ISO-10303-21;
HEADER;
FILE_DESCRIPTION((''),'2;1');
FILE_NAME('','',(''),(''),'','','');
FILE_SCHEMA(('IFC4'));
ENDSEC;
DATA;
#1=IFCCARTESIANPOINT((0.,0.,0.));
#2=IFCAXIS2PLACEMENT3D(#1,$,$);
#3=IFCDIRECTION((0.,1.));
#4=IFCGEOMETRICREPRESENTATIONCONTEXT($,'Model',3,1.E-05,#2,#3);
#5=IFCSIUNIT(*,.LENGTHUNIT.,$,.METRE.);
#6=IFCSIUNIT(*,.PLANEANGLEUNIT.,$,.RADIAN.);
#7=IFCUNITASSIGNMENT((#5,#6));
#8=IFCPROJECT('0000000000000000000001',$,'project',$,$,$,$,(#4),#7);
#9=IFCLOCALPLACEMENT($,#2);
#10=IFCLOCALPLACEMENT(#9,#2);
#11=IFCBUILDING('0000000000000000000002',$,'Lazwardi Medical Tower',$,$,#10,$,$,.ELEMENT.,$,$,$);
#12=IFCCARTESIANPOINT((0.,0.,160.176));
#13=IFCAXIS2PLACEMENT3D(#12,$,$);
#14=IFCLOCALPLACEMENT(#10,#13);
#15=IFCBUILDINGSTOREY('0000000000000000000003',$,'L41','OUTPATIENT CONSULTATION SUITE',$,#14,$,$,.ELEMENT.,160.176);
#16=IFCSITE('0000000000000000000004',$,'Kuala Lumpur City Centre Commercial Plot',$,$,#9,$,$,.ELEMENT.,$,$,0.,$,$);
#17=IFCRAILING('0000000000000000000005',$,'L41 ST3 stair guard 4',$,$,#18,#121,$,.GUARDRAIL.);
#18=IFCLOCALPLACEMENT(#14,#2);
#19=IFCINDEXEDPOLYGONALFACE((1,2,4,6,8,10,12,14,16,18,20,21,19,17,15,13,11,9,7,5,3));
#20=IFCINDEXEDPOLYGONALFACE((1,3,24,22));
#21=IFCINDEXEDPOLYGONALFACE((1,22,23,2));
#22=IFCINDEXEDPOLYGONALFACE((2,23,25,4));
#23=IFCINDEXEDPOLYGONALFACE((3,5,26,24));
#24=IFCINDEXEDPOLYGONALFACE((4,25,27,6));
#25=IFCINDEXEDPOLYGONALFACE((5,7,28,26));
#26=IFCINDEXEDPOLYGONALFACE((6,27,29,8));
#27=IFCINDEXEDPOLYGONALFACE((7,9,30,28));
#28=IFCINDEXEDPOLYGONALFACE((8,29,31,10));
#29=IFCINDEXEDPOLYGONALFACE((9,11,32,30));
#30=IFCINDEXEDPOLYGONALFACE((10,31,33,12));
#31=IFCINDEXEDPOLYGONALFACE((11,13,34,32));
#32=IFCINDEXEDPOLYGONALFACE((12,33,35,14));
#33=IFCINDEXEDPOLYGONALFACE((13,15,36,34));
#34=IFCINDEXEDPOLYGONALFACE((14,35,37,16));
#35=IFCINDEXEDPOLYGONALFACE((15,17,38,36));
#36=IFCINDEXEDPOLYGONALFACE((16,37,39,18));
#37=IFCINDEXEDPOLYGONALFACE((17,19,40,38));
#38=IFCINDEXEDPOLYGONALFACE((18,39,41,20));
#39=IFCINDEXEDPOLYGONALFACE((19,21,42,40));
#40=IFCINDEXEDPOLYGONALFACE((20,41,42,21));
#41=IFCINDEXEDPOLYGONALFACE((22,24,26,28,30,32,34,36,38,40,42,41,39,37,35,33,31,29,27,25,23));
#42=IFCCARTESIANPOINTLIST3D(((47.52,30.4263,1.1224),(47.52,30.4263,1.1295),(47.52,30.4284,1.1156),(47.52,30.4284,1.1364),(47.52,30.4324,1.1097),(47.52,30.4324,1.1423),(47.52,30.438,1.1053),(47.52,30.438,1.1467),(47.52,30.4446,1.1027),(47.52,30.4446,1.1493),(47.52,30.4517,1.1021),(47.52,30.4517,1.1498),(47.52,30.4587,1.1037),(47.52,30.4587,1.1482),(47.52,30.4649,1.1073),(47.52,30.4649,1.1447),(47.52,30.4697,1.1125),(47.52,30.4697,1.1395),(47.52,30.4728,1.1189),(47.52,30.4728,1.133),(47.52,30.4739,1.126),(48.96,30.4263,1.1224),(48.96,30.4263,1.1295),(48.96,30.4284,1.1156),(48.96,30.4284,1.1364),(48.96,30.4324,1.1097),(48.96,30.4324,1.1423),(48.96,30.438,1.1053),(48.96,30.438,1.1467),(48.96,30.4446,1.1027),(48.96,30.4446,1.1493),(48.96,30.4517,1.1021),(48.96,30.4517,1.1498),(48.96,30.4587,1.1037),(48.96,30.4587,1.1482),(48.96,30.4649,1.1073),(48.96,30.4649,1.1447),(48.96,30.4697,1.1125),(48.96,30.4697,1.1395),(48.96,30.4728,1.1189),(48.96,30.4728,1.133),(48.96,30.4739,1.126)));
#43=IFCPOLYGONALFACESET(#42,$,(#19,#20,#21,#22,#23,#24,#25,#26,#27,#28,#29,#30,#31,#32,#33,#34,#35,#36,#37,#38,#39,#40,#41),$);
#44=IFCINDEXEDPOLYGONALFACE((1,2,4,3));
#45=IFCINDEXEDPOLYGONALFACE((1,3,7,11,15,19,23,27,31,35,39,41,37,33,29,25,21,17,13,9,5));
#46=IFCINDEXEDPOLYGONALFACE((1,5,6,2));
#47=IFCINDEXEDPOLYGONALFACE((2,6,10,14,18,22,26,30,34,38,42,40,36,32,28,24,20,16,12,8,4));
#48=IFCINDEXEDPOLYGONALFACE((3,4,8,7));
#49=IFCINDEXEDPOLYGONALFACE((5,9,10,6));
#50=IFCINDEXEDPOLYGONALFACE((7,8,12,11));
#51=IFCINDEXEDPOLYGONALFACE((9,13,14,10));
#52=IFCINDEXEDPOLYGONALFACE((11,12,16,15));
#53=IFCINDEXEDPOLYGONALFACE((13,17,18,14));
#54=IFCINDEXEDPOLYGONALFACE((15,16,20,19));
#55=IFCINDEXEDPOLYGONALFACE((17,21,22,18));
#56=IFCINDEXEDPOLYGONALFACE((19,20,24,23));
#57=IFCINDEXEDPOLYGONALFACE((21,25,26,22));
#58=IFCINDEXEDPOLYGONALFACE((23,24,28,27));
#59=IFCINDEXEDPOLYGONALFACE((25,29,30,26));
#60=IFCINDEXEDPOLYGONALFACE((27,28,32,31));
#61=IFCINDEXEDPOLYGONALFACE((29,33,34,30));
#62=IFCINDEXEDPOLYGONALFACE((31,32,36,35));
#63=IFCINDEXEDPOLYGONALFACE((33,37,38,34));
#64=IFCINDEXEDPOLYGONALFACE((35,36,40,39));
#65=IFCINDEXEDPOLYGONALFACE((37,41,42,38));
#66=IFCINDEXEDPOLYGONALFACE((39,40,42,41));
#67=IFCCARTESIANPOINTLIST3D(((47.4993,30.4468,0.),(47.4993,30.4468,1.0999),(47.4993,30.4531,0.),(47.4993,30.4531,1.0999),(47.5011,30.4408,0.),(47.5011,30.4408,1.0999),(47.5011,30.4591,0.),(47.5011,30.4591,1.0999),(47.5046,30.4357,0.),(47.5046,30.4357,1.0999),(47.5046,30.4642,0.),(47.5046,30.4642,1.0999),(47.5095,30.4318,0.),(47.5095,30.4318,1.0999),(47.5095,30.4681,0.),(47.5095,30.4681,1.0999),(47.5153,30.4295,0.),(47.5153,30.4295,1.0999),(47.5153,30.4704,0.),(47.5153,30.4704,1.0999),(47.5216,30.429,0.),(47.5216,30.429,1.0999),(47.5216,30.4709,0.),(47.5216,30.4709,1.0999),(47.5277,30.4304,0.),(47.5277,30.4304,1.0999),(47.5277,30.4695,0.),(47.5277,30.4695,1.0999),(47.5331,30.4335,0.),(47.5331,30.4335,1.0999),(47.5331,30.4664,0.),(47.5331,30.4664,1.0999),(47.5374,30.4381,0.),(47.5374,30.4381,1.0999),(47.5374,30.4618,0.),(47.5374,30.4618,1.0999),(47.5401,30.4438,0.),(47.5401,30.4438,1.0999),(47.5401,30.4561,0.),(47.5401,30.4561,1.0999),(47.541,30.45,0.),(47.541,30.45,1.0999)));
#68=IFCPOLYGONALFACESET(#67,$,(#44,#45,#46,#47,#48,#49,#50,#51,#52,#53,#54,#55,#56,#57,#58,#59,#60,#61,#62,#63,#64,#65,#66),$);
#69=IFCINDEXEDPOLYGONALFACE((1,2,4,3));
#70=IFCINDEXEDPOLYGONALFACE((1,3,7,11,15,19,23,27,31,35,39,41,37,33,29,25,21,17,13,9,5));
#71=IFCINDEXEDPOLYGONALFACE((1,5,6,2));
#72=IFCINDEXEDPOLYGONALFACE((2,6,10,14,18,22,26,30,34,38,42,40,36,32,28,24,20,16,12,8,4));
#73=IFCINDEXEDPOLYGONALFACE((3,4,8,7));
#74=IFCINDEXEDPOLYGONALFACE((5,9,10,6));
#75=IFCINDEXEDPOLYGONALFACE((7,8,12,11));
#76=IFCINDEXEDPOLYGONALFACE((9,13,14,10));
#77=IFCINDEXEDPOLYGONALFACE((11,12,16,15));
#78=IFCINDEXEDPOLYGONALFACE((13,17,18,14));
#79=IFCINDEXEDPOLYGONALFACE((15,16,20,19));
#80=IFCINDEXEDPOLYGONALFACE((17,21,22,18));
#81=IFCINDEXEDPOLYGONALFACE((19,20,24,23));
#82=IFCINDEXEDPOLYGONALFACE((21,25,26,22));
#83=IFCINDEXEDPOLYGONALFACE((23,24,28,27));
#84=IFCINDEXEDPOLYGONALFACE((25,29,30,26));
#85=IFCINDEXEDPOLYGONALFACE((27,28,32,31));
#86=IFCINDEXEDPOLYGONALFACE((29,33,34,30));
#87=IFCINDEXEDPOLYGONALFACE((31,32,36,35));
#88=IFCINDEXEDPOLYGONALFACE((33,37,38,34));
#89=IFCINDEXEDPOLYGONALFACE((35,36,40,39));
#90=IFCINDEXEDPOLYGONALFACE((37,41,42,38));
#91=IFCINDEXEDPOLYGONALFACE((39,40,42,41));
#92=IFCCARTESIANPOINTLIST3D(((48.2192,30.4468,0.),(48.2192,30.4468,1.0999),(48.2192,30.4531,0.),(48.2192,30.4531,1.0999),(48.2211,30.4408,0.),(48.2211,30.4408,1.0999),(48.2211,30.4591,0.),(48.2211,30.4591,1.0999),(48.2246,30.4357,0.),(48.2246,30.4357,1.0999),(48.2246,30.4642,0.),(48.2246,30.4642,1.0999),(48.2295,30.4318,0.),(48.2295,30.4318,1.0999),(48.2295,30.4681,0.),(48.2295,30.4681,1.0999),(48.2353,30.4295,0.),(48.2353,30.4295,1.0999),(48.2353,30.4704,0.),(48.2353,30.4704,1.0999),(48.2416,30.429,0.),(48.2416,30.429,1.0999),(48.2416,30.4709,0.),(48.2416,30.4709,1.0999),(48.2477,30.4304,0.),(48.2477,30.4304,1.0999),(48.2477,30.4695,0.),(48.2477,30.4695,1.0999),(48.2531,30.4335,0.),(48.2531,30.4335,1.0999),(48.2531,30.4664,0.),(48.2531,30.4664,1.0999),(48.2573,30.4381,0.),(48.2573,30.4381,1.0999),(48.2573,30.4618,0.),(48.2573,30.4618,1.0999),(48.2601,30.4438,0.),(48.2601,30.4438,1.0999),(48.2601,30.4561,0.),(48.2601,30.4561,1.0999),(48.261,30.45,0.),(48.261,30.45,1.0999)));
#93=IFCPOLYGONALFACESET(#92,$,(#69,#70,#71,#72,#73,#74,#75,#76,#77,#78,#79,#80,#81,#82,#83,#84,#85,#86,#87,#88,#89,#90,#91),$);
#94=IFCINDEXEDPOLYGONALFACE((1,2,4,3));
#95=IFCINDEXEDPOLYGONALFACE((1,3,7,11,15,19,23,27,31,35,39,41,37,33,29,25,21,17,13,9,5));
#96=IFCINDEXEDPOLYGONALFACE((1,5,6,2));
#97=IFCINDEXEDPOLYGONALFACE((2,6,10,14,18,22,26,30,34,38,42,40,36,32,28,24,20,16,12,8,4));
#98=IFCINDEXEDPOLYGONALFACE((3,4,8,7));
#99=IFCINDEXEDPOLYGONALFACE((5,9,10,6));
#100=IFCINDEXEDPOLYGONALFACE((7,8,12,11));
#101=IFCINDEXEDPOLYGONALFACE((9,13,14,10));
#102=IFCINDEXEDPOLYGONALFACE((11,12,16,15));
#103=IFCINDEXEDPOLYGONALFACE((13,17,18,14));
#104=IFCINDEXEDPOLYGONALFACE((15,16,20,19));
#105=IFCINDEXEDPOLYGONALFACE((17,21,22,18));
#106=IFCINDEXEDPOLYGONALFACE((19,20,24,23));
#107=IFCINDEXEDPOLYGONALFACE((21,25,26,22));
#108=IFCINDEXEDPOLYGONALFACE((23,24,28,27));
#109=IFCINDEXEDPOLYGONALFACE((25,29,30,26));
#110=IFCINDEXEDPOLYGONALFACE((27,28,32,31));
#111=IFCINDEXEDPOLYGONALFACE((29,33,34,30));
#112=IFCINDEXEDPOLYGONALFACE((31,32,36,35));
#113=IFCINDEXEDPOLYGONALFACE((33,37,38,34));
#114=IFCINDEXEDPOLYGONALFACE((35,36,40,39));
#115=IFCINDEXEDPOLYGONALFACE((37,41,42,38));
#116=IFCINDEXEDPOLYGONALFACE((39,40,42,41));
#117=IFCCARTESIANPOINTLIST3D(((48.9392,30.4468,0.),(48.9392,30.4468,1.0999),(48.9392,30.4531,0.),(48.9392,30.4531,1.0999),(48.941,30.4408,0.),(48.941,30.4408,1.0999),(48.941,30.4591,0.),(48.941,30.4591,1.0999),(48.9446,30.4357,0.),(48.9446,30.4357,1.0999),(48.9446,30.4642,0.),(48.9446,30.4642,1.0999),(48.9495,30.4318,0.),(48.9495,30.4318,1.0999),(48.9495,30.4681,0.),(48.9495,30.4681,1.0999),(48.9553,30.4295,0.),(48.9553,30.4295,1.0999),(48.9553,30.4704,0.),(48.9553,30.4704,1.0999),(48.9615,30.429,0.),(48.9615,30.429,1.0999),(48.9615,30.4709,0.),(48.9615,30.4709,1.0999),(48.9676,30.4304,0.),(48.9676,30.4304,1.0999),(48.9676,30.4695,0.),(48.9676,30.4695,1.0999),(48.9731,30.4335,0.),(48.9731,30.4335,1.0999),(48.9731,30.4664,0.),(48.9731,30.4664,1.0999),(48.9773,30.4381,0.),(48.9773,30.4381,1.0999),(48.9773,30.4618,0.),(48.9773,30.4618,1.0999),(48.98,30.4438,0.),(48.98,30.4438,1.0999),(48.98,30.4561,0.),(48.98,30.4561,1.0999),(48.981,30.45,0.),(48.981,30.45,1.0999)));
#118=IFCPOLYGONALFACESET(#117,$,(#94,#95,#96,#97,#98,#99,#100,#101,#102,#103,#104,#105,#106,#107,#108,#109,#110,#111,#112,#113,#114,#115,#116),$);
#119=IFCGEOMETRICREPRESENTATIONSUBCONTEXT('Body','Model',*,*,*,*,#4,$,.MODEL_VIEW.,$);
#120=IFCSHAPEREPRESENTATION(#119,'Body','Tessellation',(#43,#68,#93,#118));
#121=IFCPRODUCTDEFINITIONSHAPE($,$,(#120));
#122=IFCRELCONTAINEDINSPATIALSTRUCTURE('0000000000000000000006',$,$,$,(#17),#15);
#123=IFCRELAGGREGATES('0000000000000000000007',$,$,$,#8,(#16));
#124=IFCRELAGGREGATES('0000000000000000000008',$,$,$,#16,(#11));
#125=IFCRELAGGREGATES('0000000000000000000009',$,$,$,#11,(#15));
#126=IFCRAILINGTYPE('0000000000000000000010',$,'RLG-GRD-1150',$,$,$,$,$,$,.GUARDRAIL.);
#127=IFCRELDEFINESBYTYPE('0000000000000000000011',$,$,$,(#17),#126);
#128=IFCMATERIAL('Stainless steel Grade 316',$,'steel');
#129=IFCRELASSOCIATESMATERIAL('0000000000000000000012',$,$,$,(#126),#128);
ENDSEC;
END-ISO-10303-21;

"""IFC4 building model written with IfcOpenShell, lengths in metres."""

from ifc_helpers import new_model, si_unit, direction, frame, origin, origin_2d, place, context, subcontext, project, spatial, circle, extrude, material, type_object, element, save


model = new_model("IFC4")

# Units and contexts
model_context = context("Model", 3, precision=1e-05, world=origin(), true_north=direction((0.0, 1.0)))
body_context = subcontext(model_context, "Body", "Model", "MODEL_VIEW")
ifc_project = project(units=[si_unit("LENGTHUNIT", "METRE"), si_unit("PLANEANGLEUNIT", "RADIAN")], contexts=[model_context])

# Site, building, storey
site_placement = place(None, origin())
site = spatial("IfcSite", under=ifc_project, at=site_placement, Name="Kuala Lumpur City Centre Commercial Plot", CompositionType="ELEMENT", RefElevation=0.0)
building_placement = place(site_placement, origin())
building = spatial("IfcBuilding", under=site, at=building_placement, Name="Lazwardi Medical Tower", CompositionType="ELEMENT")
storey_placement = place(building_placement, frame((0.0, 0.0, 160.176)))
storey = spatial("IfcBuildingStorey", under=building, at=storey_placement, Name="L41", Description="OUTPATIENT CONSULTATION SUITE", CompositionType="ELEMENT", Elevation=160.176)

# Railing
ifc_material_1 = material(Name="Stainless steel Grade 316", Category="steel")
railing_type = type_object("IfcRailingType", Name="RLG-GRD-1150", PredefinedType="GUARDRAIL", material=ifc_material_1)
railing_placement = place(storey_placement, frame((47.52, 30.45, 0.0)))
element("IfcRailing", 1, at=railing_placement, inside=storey, type_object=railing_type, Name="L41 ST3 stair guard 4", PredefinedType="GUARDRAIL", context=body_context, shape_type="SweptSolid", body=[
    extrude(circle(Radius=0.0239, at=origin_2d()), frame((0.0, 0.0, 1.126), z_axis=(1.0, 0.0, 0.0), x_axis=(0.0, 1.0, 0.0)), (0.0, 0.0, 1.0), 1.4399),
    extrude(circle(Radius=0.021, at=origin_2d()), origin(), (0.0, 0.0, 1.0), 1.0999),
    extrude(circle(Radius=0.021, at=origin_2d()), frame((0.72, 0.0, 0.0)), (0.0, 0.0, 1.0), 1.0999),
    extrude(circle(Radius=0.021, at=origin_2d()), frame((1.4399, 0.0, 0.0)), (0.0, 0.0, 1.0), 1.0999),
])

save(model, "model.ifc")
